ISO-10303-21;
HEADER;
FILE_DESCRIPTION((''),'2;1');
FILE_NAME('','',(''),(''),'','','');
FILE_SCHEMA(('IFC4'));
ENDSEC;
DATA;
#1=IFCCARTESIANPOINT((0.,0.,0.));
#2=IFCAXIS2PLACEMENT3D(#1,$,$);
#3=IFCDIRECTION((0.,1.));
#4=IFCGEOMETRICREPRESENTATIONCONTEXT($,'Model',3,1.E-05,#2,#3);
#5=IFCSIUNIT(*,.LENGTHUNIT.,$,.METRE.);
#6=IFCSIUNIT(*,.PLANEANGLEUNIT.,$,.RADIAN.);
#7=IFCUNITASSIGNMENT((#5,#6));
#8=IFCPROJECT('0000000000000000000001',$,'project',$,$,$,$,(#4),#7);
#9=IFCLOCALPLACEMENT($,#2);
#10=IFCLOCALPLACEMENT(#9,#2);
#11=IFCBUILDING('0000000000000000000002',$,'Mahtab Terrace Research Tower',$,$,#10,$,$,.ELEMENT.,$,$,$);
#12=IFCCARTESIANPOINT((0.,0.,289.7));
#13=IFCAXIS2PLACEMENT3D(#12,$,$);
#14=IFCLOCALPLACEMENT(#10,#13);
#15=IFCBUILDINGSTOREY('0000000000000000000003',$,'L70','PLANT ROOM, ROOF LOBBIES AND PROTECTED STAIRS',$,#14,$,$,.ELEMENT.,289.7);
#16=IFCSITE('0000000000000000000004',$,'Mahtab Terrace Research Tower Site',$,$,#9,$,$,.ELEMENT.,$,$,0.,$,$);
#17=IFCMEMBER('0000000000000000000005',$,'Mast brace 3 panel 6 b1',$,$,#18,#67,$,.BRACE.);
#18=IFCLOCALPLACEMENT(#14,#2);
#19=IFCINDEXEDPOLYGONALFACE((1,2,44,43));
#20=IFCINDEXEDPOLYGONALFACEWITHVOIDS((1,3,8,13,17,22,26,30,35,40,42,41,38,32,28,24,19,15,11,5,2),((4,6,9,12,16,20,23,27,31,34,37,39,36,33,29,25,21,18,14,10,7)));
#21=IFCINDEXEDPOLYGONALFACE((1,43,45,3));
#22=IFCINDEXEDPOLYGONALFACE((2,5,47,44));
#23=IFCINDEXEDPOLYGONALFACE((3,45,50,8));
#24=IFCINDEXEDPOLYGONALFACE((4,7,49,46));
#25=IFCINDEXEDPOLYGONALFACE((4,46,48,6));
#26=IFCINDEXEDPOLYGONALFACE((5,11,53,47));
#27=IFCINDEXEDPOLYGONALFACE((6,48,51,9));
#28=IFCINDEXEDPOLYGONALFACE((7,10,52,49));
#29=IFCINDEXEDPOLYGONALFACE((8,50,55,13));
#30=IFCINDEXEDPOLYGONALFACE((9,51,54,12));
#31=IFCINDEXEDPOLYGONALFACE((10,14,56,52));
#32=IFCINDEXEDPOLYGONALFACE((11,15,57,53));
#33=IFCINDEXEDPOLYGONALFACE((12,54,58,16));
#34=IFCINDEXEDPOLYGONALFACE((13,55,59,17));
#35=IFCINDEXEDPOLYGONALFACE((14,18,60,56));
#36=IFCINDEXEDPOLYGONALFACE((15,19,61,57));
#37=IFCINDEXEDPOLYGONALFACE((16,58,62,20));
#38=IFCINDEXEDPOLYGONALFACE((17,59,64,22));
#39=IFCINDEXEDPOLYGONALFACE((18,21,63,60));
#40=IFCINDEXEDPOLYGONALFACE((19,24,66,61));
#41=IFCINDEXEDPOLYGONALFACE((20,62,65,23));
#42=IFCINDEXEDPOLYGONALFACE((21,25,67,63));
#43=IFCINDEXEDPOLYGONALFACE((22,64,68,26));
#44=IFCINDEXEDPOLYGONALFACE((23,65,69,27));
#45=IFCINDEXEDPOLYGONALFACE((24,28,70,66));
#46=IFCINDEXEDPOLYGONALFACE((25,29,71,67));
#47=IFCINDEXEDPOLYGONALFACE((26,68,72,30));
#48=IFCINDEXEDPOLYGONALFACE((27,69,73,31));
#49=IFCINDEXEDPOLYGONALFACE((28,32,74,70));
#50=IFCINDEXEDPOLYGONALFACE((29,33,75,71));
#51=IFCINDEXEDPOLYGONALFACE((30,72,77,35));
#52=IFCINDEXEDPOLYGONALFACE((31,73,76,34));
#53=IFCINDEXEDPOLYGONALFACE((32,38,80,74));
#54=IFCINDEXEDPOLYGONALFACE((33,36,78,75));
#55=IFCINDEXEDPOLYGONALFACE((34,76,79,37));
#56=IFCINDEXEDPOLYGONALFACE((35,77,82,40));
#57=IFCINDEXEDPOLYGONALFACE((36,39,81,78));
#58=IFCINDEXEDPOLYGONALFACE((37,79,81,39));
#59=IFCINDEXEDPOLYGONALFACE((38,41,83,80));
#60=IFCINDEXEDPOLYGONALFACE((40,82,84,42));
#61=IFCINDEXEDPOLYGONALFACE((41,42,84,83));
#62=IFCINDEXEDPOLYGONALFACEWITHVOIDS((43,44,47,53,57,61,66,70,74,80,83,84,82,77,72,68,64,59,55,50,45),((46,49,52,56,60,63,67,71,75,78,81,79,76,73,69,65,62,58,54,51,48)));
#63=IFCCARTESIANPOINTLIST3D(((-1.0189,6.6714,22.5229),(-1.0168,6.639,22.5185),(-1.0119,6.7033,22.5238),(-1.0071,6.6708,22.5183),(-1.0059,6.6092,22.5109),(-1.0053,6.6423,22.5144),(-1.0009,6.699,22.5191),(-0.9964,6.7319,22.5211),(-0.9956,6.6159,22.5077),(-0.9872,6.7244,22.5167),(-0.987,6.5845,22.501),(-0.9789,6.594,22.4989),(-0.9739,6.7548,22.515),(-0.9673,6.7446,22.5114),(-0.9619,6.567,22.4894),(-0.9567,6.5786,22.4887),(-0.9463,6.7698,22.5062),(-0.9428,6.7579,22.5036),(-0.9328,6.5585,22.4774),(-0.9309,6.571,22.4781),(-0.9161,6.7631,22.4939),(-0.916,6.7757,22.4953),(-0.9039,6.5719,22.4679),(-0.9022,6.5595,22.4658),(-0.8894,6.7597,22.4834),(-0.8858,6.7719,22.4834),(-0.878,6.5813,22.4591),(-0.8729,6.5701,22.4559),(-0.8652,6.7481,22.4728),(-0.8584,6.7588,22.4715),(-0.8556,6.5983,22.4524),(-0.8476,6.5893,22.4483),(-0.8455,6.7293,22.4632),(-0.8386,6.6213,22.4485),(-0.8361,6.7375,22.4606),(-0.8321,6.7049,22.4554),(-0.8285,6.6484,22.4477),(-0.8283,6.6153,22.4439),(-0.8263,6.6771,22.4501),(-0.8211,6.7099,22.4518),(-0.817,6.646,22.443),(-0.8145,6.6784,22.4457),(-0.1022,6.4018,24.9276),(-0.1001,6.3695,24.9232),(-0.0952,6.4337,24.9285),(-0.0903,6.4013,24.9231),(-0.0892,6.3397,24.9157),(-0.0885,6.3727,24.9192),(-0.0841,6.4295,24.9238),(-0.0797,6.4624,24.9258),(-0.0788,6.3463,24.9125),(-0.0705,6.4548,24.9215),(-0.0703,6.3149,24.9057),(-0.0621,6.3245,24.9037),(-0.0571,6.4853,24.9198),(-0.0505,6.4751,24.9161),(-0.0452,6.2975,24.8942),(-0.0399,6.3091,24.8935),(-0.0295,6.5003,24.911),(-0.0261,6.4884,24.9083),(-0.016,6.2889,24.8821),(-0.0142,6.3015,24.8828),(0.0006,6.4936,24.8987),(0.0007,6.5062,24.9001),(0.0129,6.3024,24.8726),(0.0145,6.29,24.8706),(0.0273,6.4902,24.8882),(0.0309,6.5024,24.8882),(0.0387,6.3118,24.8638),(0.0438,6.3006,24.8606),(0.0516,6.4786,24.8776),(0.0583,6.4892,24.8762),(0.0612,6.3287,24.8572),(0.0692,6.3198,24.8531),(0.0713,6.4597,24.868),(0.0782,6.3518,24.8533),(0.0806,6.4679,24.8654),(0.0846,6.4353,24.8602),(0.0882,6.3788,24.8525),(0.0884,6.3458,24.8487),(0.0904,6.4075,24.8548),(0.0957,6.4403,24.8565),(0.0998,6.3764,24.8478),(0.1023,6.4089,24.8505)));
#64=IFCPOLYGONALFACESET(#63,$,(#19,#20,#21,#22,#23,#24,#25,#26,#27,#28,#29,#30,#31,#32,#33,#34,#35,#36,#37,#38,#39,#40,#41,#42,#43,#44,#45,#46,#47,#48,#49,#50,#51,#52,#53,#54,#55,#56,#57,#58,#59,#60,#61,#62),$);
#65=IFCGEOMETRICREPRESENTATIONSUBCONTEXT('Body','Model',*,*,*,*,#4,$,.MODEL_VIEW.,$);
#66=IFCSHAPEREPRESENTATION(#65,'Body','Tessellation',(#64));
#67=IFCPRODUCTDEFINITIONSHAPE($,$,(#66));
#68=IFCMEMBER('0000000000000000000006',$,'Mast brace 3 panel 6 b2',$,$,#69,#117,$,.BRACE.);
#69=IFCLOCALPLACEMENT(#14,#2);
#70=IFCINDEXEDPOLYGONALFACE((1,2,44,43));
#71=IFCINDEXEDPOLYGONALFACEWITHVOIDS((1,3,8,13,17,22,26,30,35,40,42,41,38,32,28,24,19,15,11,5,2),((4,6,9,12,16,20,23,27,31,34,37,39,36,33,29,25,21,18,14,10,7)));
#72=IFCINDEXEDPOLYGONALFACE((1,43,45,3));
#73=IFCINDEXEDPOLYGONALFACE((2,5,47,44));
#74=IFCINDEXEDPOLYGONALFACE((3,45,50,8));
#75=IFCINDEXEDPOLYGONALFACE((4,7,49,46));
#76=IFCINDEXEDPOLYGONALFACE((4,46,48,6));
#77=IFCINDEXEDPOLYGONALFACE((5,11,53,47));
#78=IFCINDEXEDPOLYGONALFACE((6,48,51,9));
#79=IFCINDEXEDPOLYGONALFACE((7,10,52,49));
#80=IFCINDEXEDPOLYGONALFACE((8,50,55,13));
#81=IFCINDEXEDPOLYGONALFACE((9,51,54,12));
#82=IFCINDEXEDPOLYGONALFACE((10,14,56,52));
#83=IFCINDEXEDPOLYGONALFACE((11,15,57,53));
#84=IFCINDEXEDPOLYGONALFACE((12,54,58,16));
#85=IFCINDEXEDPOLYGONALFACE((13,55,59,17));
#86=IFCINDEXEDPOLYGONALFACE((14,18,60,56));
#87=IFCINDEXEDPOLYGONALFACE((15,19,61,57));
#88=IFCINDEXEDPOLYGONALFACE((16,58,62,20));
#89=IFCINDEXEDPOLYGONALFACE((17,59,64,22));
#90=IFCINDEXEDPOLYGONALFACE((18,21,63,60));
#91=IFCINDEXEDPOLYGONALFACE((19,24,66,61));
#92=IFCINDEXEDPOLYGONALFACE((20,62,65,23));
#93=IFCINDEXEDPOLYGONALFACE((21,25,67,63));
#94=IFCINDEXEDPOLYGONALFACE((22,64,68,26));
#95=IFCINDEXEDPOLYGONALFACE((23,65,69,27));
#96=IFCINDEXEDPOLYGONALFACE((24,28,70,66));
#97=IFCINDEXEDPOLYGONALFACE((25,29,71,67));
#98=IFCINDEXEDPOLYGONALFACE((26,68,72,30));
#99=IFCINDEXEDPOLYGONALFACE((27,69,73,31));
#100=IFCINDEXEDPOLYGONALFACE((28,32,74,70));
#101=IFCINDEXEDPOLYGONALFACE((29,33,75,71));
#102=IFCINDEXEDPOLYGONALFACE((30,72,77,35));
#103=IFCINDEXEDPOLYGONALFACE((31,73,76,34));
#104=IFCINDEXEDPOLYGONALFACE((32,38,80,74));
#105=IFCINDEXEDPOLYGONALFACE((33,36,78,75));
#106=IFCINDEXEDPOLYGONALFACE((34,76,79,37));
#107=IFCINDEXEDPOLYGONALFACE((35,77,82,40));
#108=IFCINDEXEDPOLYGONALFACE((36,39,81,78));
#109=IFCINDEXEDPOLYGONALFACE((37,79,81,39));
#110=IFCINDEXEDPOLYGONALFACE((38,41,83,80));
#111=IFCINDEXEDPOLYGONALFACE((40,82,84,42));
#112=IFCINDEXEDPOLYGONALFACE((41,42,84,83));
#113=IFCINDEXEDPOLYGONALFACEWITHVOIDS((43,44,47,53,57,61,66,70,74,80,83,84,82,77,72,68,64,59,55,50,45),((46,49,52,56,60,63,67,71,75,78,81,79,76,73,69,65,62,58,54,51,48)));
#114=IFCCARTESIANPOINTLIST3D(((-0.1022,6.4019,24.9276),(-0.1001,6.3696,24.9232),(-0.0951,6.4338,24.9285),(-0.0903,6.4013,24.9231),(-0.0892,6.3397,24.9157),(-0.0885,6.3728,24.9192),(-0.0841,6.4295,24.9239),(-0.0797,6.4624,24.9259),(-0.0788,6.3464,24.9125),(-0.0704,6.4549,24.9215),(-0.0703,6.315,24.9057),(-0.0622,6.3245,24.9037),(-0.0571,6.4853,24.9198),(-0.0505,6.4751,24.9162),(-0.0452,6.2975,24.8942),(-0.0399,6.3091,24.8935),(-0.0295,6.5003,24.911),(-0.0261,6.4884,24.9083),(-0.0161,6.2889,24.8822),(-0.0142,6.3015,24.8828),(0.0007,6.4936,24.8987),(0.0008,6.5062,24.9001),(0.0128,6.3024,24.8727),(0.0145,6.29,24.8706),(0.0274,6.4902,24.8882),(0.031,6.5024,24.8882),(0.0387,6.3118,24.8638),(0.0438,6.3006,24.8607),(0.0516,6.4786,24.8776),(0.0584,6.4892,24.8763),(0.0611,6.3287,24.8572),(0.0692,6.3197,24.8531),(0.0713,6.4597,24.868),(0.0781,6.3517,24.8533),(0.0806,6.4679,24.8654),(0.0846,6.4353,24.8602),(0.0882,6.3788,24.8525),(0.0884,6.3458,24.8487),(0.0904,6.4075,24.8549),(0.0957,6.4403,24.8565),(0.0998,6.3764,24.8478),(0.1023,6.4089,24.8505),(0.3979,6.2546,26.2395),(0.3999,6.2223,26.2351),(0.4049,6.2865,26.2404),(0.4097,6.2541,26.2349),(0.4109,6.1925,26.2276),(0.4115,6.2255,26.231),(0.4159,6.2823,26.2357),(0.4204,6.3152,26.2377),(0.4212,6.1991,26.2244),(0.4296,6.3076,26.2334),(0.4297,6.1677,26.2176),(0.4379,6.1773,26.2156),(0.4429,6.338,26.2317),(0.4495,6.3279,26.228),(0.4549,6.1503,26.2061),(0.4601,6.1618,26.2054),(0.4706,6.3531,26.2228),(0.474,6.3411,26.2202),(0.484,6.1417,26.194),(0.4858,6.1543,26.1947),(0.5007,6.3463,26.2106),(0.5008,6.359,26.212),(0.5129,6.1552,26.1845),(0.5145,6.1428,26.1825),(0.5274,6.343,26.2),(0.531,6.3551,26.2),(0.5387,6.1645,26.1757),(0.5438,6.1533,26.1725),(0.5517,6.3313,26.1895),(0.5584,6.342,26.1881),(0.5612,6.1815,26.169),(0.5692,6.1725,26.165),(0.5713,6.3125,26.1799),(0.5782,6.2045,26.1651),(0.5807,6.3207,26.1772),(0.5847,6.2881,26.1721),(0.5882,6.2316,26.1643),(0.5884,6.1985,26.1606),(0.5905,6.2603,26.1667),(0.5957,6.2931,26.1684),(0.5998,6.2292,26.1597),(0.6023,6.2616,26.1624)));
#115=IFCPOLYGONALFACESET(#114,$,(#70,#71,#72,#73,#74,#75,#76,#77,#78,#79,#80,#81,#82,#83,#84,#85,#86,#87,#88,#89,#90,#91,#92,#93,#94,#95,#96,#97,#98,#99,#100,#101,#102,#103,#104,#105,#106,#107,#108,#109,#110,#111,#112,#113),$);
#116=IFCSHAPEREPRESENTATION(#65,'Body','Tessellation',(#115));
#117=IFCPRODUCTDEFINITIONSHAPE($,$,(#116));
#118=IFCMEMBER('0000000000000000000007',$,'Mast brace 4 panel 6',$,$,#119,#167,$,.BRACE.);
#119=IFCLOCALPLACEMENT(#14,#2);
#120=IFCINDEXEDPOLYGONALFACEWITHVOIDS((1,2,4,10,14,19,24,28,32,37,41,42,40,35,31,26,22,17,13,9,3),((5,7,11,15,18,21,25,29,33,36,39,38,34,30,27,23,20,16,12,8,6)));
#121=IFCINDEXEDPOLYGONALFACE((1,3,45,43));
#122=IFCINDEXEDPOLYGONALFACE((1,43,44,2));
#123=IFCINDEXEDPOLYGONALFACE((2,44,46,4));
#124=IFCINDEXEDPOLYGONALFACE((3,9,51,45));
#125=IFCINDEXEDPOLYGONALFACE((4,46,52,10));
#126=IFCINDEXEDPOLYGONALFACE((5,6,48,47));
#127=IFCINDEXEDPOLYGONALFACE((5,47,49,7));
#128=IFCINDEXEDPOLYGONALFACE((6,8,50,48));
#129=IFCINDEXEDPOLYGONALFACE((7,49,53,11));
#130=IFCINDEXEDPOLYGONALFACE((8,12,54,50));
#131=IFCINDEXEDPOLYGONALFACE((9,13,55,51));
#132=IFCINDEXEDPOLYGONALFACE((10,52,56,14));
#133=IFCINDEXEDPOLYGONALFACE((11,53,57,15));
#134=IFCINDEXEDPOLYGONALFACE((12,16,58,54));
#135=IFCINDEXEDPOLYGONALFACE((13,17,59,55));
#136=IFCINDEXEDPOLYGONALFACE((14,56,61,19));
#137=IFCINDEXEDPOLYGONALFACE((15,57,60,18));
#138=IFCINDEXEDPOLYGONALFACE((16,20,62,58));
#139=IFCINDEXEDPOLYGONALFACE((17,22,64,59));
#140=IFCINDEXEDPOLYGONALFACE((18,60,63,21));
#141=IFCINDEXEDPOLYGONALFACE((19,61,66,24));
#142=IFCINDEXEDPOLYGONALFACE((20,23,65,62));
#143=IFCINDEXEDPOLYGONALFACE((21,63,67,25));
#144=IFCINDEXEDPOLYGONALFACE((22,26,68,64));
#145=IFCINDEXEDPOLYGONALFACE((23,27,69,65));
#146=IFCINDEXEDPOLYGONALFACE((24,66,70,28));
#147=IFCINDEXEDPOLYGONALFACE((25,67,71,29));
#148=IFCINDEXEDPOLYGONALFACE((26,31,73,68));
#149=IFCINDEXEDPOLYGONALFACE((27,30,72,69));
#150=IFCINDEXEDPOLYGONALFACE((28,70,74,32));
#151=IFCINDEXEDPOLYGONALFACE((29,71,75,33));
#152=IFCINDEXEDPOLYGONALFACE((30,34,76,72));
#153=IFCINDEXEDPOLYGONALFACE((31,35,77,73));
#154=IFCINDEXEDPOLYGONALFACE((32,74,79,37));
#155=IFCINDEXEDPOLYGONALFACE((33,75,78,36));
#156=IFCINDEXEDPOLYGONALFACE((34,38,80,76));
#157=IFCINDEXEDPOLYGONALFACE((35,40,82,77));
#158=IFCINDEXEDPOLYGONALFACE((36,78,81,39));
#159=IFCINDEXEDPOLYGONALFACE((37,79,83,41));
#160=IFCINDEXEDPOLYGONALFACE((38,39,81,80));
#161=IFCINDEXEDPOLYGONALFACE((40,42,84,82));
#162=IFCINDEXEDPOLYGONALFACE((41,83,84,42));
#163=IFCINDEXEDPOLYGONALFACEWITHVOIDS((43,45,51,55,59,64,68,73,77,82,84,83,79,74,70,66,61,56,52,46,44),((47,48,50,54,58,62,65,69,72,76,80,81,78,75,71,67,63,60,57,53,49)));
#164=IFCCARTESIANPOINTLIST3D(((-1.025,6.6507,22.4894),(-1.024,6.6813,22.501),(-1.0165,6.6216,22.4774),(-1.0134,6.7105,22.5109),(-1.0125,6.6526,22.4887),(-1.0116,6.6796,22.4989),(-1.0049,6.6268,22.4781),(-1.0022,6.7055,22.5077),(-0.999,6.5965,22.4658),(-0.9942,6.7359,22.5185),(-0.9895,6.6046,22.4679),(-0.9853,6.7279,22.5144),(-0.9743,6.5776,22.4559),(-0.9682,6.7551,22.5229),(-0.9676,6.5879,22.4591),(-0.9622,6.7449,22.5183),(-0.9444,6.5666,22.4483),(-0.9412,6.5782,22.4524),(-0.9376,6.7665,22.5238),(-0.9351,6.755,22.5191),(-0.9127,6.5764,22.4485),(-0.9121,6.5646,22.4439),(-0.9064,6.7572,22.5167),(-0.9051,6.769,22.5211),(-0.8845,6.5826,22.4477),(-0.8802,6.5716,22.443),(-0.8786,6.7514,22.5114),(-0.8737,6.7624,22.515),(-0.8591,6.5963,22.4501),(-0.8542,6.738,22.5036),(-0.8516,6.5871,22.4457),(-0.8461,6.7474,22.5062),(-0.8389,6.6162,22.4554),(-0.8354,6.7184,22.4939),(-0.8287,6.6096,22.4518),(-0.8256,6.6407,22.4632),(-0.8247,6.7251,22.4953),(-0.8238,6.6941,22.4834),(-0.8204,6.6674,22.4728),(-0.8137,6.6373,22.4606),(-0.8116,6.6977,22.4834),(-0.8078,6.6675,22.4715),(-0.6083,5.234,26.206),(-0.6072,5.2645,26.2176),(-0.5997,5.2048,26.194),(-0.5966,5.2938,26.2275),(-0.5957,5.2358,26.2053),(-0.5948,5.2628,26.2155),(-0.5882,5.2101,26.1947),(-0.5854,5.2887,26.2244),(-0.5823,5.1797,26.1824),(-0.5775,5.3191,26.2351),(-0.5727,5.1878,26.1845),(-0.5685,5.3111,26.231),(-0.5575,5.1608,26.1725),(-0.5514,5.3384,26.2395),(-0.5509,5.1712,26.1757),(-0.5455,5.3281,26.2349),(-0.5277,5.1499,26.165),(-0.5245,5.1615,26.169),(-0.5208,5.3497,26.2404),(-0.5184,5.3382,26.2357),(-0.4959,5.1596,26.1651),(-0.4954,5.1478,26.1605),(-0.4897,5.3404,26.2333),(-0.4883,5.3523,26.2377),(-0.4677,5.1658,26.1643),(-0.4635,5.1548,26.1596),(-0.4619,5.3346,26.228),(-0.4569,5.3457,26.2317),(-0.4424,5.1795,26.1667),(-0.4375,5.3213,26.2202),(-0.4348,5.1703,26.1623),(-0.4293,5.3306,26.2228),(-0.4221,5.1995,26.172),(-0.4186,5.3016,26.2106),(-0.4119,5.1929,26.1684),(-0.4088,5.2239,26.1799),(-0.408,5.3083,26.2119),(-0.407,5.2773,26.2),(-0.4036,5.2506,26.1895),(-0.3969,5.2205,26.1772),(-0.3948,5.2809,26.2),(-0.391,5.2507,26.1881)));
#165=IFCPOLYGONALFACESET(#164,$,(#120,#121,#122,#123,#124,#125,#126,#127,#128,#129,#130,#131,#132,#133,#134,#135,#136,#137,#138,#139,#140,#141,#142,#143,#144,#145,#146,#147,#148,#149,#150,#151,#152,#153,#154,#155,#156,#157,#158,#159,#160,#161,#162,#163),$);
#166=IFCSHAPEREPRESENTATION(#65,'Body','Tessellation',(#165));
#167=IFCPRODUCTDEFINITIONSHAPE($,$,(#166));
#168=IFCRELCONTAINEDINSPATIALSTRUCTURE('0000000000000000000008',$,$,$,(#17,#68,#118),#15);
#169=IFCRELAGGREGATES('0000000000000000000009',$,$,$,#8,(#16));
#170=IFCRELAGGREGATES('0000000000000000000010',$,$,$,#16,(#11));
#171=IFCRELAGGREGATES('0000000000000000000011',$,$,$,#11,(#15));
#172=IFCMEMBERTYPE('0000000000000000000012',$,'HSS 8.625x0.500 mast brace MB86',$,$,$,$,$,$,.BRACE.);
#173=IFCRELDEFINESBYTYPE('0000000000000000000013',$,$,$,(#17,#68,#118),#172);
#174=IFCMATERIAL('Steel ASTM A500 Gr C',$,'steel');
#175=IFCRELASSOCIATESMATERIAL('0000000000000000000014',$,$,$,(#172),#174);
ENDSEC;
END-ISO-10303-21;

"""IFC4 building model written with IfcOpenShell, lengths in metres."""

from ifc_helpers import new_model, si_unit, direction, frame, origin, origin_2d, place, context, subcontext, project, spatial, hollow_circle, extrude, material, material_profile, profile_set, type_object, element, save


model = new_model("IFC4")

# Units and contexts
model_context = context("Model", 3, precision=1e-05, world=origin(), true_north=direction((0.0, 1.0)))
body_context = subcontext(model_context, "Body", "Model", "MODEL_VIEW")
ifc_project = project(units=[si_unit("LENGTHUNIT", "METRE"), si_unit("PLANEANGLEUNIT", "RADIAN")], contexts=[model_context])

# Site, building, storey
site_placement = place(None, origin())
site = spatial("IfcSite", under=ifc_project, at=site_placement, Name="Mahtab Terrace Research Tower Site", CompositionType="ELEMENT", RefElevation=0.0)
building_placement = place(site_placement, origin())
building = spatial("IfcBuilding", under=site, at=building_placement, Name="Mahtab Terrace Research Tower", CompositionType="ELEMENT")
storey_placement = place(building_placement, frame((0.0, 0.0, 289.7)))
storey = spatial("IfcBuildingStorey", under=building, at=storey_placement, Name="L70", Description="PLANT ROOM, ROOF LOBBIES AND PROTECTED STAIRS", CompositionType="ELEMENT", Elevation=289.7)

# Members
ifc_material_1 = material(Name="Steel ASTM A500 Gr C", Category="steel")
ifc_material_profile_1 = material_profile(ifc_material_1, hollow_circle(Radius=0.1096, WallThickness=0.0127, at=origin_2d()), Name="HSS8.625X0.500")
ifc_profile_set_1 = profile_set([ifc_material_profile_1], Name="Steel ASTM A500 Gr C")
member_type_1 = type_object("IfcMemberType", Name="HSS 8.625x0.500 mast brace MB86", PredefinedType="BRACE", material=ifc_profile_set_1)
member_1_placement = place(storey_placement, frame((-0.9167, 6.6667, 22.4834), z_axis=(0.354275, -0.10416, 0.929322), x_axis=(0.282069, 0.959394, 0.0)))
element("IfcMember", 1, at=member_1_placement, inside=storey, type_object=member_type_1, Name="Mast brace 3 panel 6 b1", PredefinedType="BRACE", context=body_context, shape_type="SweptSolid", body=[
    extrude(hollow_circle(Radius=0.1096, WallThickness=0.0127, at=origin_2d()), origin(), (0.0, 0.0, 1.0), 2.5876),
])
member_2_placement = place(storey_placement, frame((0.0, 6.3972, 24.8882), z_axis=(0.354226, -0.104296, 0.929326), x_axis=(0.282445, 0.959283, 0.0)))
element("IfcMember", 2, at=member_2_placement, inside=storey, type_object=member_type_1, Name="Mast brace 3 panel 6 b2", PredefinedType="BRACE", context=body_context, shape_type="SweptSolid", body=[
    extrude(hollow_circle(Radius=0.1096, WallThickness=0.0127, at=origin_2d()), origin(), (0.0, 0.0, 1.0), 1.4116),
])
member_3_placement = place(storey_placement, frame((-0.9167, 6.6667, 22.4834), z_axis=(0.104208, -0.354258, 0.929324), x_axis=(0.959355, 0.282202, 0.0)))
element("IfcMember", 3, at=member_3_placement, inside=storey, type_object=member_type_1, Name="Mast brace 4 panel 6", PredefinedType="BRACE", context=body_context, shape_type="SweptSolid", body=[
    extrude(hollow_circle(Radius=0.1096, WallThickness=0.0127, at=origin_2d()), origin(), (0.0, 0.0, 1.0), 3.9993),
])

save(model, "model.ifc")
